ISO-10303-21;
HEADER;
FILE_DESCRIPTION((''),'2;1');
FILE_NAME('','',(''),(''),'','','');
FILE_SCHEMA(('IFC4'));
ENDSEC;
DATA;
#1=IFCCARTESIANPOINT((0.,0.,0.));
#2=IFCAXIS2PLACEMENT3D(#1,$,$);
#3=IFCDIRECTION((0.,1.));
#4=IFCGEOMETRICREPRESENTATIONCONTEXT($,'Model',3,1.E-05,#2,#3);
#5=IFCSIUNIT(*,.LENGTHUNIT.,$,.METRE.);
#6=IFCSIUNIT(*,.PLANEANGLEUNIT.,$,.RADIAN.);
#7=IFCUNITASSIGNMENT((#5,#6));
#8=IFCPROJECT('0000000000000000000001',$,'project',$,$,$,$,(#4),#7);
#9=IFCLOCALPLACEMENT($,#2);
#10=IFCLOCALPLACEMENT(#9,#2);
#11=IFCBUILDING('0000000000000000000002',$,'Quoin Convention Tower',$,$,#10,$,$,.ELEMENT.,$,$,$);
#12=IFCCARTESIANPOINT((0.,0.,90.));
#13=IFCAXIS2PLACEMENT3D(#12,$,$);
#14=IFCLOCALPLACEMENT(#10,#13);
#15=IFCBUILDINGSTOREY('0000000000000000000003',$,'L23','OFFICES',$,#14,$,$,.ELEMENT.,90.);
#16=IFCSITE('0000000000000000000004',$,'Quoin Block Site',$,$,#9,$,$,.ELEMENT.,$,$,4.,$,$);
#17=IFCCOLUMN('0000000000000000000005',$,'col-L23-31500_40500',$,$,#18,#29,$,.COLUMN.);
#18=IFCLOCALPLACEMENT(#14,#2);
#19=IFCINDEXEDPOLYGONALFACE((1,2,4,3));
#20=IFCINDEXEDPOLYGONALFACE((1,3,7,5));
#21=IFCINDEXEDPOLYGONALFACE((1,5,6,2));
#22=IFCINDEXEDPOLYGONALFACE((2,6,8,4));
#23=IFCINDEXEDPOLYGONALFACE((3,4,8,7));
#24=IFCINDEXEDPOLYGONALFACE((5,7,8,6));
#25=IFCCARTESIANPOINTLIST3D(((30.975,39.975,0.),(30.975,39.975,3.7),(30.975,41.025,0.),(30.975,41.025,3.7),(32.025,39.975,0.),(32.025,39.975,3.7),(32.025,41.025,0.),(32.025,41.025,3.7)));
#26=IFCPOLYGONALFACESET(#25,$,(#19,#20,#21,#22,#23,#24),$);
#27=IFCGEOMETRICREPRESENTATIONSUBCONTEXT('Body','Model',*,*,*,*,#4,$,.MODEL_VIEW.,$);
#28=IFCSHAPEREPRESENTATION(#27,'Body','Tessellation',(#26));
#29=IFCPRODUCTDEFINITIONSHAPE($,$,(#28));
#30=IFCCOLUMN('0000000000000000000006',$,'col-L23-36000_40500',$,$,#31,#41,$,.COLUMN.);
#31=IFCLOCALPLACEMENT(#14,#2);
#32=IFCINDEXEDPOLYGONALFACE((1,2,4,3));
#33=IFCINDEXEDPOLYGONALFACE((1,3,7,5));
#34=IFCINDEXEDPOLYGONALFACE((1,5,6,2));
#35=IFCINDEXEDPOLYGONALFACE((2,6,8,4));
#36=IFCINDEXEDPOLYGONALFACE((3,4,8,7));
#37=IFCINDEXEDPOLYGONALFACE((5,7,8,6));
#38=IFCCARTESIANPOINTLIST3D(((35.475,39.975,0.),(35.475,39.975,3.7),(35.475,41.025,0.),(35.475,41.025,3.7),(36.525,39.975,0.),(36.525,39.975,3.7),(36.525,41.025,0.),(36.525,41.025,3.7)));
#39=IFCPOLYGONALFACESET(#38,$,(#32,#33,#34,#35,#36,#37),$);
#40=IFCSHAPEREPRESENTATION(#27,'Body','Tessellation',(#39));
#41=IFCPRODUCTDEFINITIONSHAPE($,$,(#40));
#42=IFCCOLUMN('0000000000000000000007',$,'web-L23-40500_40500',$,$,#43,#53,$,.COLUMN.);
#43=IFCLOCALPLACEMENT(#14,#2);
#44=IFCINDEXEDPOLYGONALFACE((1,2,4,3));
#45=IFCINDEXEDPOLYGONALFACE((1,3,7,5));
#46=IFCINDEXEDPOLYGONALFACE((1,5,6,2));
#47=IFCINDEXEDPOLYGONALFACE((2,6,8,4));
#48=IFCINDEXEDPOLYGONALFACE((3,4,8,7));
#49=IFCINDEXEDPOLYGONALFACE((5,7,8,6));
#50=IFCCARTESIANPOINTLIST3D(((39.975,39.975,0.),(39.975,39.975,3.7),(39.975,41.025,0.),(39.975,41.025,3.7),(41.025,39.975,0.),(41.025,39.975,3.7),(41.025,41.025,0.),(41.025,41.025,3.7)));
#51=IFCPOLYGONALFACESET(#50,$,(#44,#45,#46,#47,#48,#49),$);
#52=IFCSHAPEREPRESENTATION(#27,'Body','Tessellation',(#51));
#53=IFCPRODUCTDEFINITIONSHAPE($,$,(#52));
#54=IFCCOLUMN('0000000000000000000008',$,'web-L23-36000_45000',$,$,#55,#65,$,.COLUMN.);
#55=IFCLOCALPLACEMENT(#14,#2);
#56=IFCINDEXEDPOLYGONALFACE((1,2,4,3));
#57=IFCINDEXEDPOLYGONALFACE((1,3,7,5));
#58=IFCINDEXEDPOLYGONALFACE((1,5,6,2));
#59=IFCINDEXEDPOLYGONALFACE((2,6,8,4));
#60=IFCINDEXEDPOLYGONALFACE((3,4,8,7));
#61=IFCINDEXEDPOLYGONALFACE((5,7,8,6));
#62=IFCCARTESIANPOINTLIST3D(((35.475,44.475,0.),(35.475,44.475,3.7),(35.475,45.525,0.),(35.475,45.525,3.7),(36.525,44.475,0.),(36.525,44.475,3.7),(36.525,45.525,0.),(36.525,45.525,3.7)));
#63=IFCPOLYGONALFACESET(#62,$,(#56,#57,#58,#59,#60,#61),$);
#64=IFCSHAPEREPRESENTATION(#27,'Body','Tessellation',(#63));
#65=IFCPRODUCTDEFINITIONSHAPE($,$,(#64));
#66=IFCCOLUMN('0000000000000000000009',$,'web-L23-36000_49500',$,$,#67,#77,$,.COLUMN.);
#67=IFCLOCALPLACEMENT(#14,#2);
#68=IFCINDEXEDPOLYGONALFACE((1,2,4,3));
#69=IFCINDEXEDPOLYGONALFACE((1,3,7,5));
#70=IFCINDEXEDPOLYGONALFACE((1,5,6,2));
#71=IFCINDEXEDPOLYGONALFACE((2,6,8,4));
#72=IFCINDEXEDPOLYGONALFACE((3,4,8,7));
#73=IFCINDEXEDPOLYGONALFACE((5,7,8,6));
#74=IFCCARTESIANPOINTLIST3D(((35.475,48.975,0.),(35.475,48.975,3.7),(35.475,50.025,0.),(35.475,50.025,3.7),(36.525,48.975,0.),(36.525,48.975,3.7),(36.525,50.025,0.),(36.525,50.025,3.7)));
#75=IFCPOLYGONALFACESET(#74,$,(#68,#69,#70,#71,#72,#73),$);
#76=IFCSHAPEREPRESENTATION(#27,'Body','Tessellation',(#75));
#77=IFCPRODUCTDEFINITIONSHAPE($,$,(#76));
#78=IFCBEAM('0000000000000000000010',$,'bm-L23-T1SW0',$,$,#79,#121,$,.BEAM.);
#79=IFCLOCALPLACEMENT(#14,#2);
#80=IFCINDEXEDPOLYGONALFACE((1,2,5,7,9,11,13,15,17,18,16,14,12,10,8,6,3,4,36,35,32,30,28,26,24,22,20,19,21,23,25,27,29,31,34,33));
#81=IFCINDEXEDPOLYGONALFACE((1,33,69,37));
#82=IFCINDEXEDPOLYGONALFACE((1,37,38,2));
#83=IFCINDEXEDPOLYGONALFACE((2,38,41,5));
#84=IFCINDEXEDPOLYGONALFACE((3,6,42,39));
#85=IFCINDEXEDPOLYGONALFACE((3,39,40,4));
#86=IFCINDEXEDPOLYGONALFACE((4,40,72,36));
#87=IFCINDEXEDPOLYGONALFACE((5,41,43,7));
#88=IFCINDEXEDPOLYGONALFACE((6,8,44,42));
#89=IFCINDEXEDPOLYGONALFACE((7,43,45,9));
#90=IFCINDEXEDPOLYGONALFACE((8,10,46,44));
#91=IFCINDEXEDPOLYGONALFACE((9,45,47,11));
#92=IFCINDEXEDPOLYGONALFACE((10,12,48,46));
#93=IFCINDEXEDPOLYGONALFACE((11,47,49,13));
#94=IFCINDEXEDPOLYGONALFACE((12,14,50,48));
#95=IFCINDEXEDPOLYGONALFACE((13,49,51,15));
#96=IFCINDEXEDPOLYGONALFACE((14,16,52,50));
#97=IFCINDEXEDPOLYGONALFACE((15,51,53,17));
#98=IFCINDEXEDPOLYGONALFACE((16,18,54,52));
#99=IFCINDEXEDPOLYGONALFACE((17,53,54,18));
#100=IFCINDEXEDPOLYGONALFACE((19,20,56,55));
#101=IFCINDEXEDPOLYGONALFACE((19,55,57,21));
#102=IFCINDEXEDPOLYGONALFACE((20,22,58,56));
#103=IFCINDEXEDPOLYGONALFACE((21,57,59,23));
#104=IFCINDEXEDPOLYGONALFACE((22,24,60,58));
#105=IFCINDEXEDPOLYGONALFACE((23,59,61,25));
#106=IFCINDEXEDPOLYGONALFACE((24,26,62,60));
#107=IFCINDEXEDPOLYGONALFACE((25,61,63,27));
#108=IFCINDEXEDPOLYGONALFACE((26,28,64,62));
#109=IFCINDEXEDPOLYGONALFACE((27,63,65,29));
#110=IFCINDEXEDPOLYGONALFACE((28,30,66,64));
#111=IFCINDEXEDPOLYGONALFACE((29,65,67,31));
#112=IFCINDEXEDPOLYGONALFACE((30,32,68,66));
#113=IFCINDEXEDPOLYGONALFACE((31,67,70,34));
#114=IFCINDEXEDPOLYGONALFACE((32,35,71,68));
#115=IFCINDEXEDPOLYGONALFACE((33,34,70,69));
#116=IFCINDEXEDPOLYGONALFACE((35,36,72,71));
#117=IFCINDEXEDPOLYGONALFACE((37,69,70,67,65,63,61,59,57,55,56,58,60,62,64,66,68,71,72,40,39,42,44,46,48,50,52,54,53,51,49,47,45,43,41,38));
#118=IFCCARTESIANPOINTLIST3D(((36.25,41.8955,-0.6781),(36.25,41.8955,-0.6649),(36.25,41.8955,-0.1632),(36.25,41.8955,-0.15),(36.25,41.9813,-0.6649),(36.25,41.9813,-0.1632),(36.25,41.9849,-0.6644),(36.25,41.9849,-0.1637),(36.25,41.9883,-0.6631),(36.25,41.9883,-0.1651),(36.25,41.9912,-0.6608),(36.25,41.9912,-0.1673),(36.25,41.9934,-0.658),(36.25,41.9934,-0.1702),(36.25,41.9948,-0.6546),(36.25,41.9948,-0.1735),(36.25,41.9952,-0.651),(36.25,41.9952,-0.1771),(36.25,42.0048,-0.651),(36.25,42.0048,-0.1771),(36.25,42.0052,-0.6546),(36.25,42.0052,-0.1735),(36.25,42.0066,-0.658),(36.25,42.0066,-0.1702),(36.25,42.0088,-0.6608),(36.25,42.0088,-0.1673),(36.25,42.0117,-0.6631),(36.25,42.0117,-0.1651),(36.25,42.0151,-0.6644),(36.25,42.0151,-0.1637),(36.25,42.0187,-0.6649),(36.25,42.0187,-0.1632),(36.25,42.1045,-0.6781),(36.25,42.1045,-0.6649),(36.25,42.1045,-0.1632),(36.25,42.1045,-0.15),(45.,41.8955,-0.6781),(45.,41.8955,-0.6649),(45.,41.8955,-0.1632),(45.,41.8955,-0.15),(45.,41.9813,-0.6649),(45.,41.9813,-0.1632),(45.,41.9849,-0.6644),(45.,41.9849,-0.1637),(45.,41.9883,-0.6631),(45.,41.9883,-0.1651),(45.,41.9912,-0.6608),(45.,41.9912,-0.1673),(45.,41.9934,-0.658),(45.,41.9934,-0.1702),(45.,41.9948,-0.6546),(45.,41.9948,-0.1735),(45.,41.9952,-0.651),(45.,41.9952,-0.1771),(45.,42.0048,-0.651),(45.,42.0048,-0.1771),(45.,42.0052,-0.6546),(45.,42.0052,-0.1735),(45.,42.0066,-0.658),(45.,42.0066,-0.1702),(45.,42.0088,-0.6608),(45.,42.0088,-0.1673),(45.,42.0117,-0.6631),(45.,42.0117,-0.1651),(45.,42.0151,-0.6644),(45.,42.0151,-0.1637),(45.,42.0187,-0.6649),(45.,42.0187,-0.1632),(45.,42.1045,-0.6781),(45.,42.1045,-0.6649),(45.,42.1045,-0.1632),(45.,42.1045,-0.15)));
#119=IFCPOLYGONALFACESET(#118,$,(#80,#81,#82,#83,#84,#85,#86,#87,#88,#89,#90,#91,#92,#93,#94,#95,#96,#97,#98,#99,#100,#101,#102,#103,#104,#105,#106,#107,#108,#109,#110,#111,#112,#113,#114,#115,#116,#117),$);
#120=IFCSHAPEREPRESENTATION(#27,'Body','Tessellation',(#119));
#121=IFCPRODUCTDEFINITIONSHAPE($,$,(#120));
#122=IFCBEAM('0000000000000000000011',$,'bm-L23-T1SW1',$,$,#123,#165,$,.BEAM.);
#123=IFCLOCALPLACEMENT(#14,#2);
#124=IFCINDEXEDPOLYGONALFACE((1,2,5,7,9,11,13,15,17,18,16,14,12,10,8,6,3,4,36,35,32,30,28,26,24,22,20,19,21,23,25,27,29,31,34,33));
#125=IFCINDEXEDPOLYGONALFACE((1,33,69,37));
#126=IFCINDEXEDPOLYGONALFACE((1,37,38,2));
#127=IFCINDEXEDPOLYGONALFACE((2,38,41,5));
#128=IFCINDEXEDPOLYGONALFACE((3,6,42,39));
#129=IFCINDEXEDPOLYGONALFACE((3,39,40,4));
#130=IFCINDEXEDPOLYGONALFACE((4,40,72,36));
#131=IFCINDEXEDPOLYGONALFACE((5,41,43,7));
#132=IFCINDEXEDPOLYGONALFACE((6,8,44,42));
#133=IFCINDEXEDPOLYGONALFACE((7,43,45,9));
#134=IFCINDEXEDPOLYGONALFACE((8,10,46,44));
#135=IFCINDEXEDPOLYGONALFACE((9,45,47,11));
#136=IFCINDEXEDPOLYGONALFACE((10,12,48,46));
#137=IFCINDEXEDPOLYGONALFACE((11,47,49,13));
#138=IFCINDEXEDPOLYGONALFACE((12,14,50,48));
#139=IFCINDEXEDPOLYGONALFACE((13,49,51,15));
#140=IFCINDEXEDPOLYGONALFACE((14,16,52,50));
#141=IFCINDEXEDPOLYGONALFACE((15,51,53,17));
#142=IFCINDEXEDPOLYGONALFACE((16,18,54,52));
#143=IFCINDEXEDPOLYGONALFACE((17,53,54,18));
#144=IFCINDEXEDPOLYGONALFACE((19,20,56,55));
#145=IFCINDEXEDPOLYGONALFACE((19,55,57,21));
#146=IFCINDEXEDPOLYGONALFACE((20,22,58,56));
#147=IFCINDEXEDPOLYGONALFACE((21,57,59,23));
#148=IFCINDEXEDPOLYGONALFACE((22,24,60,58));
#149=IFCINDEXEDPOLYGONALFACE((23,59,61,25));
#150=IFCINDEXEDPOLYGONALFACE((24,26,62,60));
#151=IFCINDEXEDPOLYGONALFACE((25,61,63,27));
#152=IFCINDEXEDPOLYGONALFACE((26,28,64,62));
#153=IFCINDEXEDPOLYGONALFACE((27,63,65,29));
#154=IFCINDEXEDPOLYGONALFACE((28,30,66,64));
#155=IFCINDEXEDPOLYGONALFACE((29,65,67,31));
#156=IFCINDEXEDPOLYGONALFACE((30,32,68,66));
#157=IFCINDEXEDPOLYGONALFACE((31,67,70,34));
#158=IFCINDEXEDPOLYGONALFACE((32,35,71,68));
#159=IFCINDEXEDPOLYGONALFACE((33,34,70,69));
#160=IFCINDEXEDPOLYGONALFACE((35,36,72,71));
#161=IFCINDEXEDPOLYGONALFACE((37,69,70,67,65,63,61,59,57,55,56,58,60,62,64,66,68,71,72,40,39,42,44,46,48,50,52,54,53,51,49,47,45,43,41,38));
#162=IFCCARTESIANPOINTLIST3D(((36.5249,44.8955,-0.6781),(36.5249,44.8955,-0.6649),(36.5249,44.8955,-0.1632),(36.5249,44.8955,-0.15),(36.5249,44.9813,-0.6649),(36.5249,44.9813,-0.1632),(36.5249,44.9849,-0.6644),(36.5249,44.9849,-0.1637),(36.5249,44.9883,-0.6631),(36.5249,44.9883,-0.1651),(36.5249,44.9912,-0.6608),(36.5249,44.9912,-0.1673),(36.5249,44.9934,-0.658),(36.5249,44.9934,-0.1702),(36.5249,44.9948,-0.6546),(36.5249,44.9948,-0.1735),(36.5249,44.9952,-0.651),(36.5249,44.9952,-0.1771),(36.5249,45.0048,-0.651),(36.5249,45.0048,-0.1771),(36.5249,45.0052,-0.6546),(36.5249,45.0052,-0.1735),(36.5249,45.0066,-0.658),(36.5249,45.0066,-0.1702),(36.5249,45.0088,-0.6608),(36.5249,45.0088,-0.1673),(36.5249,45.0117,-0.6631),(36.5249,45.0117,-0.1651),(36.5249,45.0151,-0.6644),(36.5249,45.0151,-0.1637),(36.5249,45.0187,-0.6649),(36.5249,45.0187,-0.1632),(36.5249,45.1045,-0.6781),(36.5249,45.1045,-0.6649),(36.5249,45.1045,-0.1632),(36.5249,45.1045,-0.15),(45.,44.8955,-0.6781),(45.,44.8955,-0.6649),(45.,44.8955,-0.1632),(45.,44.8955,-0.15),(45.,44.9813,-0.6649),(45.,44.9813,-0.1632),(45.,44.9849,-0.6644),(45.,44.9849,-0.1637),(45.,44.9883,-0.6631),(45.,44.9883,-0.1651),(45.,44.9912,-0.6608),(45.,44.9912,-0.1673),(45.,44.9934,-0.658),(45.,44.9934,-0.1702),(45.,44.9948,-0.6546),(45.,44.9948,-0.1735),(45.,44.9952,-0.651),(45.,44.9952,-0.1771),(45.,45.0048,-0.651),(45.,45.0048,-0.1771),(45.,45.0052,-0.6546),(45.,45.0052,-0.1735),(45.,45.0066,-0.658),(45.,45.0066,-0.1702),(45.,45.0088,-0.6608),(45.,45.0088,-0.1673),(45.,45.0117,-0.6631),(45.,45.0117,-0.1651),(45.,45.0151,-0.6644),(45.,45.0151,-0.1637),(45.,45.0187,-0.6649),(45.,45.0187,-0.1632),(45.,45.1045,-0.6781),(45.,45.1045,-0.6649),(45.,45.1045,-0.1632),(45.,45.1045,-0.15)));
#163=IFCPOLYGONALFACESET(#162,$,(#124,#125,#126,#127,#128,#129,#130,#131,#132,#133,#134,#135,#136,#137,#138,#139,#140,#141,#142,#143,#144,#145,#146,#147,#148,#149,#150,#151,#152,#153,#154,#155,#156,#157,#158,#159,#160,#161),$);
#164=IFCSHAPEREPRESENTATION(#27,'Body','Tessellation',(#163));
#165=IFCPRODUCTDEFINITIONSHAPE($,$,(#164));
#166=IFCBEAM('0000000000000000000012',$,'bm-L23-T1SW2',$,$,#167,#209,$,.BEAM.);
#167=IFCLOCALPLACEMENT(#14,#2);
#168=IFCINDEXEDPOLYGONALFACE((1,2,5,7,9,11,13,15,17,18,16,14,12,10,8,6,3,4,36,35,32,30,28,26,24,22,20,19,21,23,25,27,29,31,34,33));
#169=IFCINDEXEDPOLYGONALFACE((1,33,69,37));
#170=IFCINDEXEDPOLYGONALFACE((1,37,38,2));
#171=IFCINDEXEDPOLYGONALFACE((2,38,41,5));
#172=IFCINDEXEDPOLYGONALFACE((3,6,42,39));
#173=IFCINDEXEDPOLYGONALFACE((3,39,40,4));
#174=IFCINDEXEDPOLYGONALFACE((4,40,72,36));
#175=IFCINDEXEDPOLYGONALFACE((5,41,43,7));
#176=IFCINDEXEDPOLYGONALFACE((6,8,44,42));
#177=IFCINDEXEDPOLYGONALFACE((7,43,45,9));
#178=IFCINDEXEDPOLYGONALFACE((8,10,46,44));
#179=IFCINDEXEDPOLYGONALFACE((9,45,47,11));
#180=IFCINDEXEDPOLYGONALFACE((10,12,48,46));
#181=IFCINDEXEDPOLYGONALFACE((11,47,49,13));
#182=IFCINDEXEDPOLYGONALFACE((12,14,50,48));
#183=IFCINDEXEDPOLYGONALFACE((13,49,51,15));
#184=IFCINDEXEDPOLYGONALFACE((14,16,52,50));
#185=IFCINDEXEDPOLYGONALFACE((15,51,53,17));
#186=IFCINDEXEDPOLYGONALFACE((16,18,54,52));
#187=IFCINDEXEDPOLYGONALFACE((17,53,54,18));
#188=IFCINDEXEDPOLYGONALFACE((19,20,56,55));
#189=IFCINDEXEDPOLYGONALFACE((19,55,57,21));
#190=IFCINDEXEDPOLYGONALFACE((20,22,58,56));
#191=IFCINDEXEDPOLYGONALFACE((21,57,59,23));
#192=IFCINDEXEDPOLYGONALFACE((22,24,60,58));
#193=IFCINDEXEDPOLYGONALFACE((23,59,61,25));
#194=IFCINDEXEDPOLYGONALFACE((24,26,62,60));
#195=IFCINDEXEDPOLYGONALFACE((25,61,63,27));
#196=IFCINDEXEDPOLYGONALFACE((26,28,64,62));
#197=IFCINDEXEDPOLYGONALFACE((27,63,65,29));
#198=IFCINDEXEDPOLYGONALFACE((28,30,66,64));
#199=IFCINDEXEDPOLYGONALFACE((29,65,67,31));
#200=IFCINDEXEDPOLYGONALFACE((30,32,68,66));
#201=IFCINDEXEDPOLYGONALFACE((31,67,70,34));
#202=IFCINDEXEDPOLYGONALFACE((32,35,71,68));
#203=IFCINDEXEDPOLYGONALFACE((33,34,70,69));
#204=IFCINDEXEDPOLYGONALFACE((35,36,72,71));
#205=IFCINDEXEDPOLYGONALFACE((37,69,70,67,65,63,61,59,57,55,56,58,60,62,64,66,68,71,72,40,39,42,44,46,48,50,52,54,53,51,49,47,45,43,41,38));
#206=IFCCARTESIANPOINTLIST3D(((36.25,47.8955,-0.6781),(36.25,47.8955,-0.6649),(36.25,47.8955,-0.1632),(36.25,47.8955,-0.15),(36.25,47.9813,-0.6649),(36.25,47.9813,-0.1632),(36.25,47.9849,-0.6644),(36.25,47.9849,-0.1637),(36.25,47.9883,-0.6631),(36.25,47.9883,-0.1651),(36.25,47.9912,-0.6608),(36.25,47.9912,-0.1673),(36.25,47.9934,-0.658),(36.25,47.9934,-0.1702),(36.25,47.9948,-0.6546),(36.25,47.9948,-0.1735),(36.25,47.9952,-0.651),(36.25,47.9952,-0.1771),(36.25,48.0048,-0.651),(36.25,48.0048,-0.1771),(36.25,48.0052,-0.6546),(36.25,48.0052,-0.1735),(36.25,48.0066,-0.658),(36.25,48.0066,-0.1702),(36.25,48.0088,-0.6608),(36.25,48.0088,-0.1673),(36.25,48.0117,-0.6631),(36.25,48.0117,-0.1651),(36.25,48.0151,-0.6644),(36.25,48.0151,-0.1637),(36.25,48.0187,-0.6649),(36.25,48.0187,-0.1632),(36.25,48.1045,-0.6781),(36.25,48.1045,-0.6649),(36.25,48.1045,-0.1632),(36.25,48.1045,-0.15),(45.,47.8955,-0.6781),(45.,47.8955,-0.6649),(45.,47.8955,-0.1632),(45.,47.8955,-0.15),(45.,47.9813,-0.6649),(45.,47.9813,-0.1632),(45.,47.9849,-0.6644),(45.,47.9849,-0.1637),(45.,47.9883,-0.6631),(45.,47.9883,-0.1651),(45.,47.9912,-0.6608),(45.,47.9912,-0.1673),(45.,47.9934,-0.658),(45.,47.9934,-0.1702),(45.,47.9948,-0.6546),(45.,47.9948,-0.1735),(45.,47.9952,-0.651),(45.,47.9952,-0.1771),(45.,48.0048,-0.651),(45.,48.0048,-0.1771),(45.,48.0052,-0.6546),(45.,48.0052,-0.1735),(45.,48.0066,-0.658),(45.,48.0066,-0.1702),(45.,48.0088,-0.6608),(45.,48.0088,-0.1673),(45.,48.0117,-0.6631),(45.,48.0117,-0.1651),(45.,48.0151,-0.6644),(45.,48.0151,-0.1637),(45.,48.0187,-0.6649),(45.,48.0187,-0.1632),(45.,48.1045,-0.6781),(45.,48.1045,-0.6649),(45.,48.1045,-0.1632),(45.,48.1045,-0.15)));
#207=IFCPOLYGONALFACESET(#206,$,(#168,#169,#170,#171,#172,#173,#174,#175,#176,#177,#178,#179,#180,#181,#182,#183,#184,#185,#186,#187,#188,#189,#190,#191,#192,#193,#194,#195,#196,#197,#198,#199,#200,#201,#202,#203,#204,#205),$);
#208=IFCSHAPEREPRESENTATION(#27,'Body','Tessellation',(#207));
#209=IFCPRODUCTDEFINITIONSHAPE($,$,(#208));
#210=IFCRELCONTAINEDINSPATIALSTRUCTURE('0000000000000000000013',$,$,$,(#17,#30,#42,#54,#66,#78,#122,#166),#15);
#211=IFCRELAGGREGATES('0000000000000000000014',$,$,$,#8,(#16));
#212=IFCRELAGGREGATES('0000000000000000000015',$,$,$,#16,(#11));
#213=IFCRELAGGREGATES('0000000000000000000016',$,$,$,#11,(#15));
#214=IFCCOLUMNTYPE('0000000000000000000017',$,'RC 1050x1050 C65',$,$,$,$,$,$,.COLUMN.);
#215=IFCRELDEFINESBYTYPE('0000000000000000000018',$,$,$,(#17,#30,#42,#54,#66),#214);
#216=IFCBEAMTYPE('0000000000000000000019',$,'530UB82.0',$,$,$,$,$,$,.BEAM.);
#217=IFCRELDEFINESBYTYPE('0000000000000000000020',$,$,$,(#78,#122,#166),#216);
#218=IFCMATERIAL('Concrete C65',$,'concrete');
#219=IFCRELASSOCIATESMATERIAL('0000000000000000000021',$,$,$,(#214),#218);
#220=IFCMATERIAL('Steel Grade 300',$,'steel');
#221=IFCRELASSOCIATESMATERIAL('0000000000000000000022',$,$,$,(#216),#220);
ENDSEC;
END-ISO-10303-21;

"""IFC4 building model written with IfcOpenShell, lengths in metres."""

from ifc_helpers import new_model, si_unit, direction, frame, origin, origin_2d, place, context, subcontext, project, spatial, rectangle, i_section, extrude, material, material_profile, profile_set, type_object, element, save


model = new_model("IFC4")

# Units and contexts
model_context = context("Model", 3, precision=1e-05, world=origin(), true_north=direction((0.0, 1.0)))
body_context = subcontext(model_context, "Body", "Model", "MODEL_VIEW")
ifc_project = project(units=[si_unit("LENGTHUNIT", "METRE"), si_unit("PLANEANGLEUNIT", "RADIAN")], contexts=[model_context])

# Site, building, storey
site_placement = place(None, origin())
site = spatial("IfcSite", under=ifc_project, at=site_placement, Name="Quoin Block Site", CompositionType="ELEMENT", RefElevation=4.0)
building_placement = place(site_placement, origin())
building = spatial("IfcBuilding", under=site, at=building_placement, Name="Quoin Convention Tower", CompositionType="ELEMENT")
storey_placement = place(building_placement, frame((0.0, 0.0, 90.0)))
storey = spatial("IfcBuildingStorey", under=building, at=storey_placement, Name="L23", Description="OFFICES", CompositionType="ELEMENT", Elevation=90.0)

# Columns
ifc_material_1 = material(Name="Concrete C65", Category="concrete")
ifc_material_profile_1 = material_profile(ifc_material_1, rectangle(XDim=1.05, YDim=1.05, at=origin_2d()), Name="RC 1050x1050")
ifc_profile_set_1 = profile_set([ifc_material_profile_1], Name="Concrete C65")
column_type = type_object("IfcColumnType", Name="RC 1050x1050 C65", PredefinedType="COLUMN", material=ifc_profile_set_1)
for number, where, z_axis, x_axis, name in (
    (1, (31.5, 40.5, 0.0), (0.0, 0.0, 1.0), (1.0, 0.0, 0.0), "col-L23-31500_40500"),
    (2, (36.0, 40.5, 0.0), (0.0, 0.0, 1.0), (1.0, 0.0, 0.0), "col-L23-36000_40500"),
    (3, (40.5, 40.5, 0.0), (0.0, 0.0, 1.0), (1.0, 0.0, 0.0), "web-L23-40500_40500"),
    (4, (36.0, 45.0, 0.0), (0.0, 0.0, 1.0), (1.0, 0.0, 0.0), "web-L23-36000_45000"),
    (5, (36.0, 49.5, 0.0), (0.0, 0.0, 1.0), (1.0, 0.0, 0.0), "web-L23-36000_49500"),
):
    element("IfcColumn", number, at=place(storey_placement, frame(where, z_axis=z_axis, x_axis=x_axis)), inside=storey, type_object=column_type, Name=name, PredefinedType="COLUMN", context=body_context, shape_type="SweptSolid", body=[
        extrude(rectangle(XDim=1.05, YDim=1.05, at=origin_2d()), origin(), (0.0, 0.0, 1.0), 3.7),
    ])

# Beams
ifc_material_2 = material(Name="Steel Grade 300", Category="steel")
ifc_material_profile_2 = material_profile(ifc_material_2, i_section(OverallWidth=0.209, OverallDepth=0.5281, WebThickness=0.0095, FlangeThickness=0.0132, FilletRadius=0.0139, at=origin_2d()), Name="530UB82.0")
ifc_profile_set_2 = profile_set([ifc_material_profile_2], Name="Steel Grade 300")
beam_type_1 = type_object("IfcBeamType", Name="530UB82.0", PredefinedType="BEAM", material=ifc_profile_set_2)
beam_1_placement = place(storey_placement, frame((36.25, 42.0, -0.4141), z_axis=(1.0, 0.0, 0.0), x_axis=(0.0, 1.0, 0.0)))
element("IfcBeam", 6, at=beam_1_placement, inside=storey, type_object=beam_type_1, Name="bm-L23-T1SW0", PredefinedType="BEAM", context=body_context, shape_type="SweptSolid", body=[
    extrude(i_section(OverallWidth=0.209, OverallDepth=0.5281, WebThickness=0.0095, FlangeThickness=0.0132, FilletRadius=0.0139, at=origin_2d()), origin(), (0.0, 0.0, 1.0), 8.75),
])
beam_2_placement = place(storey_placement, frame((36.5249, 45.0, -0.4141), z_axis=(1.0, 0.0, 0.0), x_axis=(0.0, 1.0, 0.0)))
element("IfcBeam", 7, at=beam_2_placement, inside=storey, type_object=beam_type_1, Name="bm-L23-T1SW1", PredefinedType="BEAM", context=body_context, shape_type="SweptSolid", body=[
    extrude(i_section(OverallWidth=0.209, OverallDepth=0.5281, WebThickness=0.0095, FlangeThickness=0.0132, FilletRadius=0.0139, at=origin_2d()), origin(), (0.0, 0.0, 1.0), 8.4751),
])
beam_3_placement = place(storey_placement, frame((36.25, 48.0, -0.4141), z_axis=(1.0, 0.0, 0.0), x_axis=(0.0, 1.0, 0.0)))
element("IfcBeam", 8, at=beam_3_placement, inside=storey, type_object=beam_type_1, Name="bm-L23-T1SW2", PredefinedType="BEAM", context=body_context, shape_type="SweptSolid", body=[
    extrude(i_section(OverallWidth=0.209, OverallDepth=0.5281, WebThickness=0.0095, FlangeThickness=0.0132, FilletRadius=0.0139, at=origin_2d()), origin(), (0.0, 0.0, 1.0), 8.75),
])

save(model, "model.ifc")
